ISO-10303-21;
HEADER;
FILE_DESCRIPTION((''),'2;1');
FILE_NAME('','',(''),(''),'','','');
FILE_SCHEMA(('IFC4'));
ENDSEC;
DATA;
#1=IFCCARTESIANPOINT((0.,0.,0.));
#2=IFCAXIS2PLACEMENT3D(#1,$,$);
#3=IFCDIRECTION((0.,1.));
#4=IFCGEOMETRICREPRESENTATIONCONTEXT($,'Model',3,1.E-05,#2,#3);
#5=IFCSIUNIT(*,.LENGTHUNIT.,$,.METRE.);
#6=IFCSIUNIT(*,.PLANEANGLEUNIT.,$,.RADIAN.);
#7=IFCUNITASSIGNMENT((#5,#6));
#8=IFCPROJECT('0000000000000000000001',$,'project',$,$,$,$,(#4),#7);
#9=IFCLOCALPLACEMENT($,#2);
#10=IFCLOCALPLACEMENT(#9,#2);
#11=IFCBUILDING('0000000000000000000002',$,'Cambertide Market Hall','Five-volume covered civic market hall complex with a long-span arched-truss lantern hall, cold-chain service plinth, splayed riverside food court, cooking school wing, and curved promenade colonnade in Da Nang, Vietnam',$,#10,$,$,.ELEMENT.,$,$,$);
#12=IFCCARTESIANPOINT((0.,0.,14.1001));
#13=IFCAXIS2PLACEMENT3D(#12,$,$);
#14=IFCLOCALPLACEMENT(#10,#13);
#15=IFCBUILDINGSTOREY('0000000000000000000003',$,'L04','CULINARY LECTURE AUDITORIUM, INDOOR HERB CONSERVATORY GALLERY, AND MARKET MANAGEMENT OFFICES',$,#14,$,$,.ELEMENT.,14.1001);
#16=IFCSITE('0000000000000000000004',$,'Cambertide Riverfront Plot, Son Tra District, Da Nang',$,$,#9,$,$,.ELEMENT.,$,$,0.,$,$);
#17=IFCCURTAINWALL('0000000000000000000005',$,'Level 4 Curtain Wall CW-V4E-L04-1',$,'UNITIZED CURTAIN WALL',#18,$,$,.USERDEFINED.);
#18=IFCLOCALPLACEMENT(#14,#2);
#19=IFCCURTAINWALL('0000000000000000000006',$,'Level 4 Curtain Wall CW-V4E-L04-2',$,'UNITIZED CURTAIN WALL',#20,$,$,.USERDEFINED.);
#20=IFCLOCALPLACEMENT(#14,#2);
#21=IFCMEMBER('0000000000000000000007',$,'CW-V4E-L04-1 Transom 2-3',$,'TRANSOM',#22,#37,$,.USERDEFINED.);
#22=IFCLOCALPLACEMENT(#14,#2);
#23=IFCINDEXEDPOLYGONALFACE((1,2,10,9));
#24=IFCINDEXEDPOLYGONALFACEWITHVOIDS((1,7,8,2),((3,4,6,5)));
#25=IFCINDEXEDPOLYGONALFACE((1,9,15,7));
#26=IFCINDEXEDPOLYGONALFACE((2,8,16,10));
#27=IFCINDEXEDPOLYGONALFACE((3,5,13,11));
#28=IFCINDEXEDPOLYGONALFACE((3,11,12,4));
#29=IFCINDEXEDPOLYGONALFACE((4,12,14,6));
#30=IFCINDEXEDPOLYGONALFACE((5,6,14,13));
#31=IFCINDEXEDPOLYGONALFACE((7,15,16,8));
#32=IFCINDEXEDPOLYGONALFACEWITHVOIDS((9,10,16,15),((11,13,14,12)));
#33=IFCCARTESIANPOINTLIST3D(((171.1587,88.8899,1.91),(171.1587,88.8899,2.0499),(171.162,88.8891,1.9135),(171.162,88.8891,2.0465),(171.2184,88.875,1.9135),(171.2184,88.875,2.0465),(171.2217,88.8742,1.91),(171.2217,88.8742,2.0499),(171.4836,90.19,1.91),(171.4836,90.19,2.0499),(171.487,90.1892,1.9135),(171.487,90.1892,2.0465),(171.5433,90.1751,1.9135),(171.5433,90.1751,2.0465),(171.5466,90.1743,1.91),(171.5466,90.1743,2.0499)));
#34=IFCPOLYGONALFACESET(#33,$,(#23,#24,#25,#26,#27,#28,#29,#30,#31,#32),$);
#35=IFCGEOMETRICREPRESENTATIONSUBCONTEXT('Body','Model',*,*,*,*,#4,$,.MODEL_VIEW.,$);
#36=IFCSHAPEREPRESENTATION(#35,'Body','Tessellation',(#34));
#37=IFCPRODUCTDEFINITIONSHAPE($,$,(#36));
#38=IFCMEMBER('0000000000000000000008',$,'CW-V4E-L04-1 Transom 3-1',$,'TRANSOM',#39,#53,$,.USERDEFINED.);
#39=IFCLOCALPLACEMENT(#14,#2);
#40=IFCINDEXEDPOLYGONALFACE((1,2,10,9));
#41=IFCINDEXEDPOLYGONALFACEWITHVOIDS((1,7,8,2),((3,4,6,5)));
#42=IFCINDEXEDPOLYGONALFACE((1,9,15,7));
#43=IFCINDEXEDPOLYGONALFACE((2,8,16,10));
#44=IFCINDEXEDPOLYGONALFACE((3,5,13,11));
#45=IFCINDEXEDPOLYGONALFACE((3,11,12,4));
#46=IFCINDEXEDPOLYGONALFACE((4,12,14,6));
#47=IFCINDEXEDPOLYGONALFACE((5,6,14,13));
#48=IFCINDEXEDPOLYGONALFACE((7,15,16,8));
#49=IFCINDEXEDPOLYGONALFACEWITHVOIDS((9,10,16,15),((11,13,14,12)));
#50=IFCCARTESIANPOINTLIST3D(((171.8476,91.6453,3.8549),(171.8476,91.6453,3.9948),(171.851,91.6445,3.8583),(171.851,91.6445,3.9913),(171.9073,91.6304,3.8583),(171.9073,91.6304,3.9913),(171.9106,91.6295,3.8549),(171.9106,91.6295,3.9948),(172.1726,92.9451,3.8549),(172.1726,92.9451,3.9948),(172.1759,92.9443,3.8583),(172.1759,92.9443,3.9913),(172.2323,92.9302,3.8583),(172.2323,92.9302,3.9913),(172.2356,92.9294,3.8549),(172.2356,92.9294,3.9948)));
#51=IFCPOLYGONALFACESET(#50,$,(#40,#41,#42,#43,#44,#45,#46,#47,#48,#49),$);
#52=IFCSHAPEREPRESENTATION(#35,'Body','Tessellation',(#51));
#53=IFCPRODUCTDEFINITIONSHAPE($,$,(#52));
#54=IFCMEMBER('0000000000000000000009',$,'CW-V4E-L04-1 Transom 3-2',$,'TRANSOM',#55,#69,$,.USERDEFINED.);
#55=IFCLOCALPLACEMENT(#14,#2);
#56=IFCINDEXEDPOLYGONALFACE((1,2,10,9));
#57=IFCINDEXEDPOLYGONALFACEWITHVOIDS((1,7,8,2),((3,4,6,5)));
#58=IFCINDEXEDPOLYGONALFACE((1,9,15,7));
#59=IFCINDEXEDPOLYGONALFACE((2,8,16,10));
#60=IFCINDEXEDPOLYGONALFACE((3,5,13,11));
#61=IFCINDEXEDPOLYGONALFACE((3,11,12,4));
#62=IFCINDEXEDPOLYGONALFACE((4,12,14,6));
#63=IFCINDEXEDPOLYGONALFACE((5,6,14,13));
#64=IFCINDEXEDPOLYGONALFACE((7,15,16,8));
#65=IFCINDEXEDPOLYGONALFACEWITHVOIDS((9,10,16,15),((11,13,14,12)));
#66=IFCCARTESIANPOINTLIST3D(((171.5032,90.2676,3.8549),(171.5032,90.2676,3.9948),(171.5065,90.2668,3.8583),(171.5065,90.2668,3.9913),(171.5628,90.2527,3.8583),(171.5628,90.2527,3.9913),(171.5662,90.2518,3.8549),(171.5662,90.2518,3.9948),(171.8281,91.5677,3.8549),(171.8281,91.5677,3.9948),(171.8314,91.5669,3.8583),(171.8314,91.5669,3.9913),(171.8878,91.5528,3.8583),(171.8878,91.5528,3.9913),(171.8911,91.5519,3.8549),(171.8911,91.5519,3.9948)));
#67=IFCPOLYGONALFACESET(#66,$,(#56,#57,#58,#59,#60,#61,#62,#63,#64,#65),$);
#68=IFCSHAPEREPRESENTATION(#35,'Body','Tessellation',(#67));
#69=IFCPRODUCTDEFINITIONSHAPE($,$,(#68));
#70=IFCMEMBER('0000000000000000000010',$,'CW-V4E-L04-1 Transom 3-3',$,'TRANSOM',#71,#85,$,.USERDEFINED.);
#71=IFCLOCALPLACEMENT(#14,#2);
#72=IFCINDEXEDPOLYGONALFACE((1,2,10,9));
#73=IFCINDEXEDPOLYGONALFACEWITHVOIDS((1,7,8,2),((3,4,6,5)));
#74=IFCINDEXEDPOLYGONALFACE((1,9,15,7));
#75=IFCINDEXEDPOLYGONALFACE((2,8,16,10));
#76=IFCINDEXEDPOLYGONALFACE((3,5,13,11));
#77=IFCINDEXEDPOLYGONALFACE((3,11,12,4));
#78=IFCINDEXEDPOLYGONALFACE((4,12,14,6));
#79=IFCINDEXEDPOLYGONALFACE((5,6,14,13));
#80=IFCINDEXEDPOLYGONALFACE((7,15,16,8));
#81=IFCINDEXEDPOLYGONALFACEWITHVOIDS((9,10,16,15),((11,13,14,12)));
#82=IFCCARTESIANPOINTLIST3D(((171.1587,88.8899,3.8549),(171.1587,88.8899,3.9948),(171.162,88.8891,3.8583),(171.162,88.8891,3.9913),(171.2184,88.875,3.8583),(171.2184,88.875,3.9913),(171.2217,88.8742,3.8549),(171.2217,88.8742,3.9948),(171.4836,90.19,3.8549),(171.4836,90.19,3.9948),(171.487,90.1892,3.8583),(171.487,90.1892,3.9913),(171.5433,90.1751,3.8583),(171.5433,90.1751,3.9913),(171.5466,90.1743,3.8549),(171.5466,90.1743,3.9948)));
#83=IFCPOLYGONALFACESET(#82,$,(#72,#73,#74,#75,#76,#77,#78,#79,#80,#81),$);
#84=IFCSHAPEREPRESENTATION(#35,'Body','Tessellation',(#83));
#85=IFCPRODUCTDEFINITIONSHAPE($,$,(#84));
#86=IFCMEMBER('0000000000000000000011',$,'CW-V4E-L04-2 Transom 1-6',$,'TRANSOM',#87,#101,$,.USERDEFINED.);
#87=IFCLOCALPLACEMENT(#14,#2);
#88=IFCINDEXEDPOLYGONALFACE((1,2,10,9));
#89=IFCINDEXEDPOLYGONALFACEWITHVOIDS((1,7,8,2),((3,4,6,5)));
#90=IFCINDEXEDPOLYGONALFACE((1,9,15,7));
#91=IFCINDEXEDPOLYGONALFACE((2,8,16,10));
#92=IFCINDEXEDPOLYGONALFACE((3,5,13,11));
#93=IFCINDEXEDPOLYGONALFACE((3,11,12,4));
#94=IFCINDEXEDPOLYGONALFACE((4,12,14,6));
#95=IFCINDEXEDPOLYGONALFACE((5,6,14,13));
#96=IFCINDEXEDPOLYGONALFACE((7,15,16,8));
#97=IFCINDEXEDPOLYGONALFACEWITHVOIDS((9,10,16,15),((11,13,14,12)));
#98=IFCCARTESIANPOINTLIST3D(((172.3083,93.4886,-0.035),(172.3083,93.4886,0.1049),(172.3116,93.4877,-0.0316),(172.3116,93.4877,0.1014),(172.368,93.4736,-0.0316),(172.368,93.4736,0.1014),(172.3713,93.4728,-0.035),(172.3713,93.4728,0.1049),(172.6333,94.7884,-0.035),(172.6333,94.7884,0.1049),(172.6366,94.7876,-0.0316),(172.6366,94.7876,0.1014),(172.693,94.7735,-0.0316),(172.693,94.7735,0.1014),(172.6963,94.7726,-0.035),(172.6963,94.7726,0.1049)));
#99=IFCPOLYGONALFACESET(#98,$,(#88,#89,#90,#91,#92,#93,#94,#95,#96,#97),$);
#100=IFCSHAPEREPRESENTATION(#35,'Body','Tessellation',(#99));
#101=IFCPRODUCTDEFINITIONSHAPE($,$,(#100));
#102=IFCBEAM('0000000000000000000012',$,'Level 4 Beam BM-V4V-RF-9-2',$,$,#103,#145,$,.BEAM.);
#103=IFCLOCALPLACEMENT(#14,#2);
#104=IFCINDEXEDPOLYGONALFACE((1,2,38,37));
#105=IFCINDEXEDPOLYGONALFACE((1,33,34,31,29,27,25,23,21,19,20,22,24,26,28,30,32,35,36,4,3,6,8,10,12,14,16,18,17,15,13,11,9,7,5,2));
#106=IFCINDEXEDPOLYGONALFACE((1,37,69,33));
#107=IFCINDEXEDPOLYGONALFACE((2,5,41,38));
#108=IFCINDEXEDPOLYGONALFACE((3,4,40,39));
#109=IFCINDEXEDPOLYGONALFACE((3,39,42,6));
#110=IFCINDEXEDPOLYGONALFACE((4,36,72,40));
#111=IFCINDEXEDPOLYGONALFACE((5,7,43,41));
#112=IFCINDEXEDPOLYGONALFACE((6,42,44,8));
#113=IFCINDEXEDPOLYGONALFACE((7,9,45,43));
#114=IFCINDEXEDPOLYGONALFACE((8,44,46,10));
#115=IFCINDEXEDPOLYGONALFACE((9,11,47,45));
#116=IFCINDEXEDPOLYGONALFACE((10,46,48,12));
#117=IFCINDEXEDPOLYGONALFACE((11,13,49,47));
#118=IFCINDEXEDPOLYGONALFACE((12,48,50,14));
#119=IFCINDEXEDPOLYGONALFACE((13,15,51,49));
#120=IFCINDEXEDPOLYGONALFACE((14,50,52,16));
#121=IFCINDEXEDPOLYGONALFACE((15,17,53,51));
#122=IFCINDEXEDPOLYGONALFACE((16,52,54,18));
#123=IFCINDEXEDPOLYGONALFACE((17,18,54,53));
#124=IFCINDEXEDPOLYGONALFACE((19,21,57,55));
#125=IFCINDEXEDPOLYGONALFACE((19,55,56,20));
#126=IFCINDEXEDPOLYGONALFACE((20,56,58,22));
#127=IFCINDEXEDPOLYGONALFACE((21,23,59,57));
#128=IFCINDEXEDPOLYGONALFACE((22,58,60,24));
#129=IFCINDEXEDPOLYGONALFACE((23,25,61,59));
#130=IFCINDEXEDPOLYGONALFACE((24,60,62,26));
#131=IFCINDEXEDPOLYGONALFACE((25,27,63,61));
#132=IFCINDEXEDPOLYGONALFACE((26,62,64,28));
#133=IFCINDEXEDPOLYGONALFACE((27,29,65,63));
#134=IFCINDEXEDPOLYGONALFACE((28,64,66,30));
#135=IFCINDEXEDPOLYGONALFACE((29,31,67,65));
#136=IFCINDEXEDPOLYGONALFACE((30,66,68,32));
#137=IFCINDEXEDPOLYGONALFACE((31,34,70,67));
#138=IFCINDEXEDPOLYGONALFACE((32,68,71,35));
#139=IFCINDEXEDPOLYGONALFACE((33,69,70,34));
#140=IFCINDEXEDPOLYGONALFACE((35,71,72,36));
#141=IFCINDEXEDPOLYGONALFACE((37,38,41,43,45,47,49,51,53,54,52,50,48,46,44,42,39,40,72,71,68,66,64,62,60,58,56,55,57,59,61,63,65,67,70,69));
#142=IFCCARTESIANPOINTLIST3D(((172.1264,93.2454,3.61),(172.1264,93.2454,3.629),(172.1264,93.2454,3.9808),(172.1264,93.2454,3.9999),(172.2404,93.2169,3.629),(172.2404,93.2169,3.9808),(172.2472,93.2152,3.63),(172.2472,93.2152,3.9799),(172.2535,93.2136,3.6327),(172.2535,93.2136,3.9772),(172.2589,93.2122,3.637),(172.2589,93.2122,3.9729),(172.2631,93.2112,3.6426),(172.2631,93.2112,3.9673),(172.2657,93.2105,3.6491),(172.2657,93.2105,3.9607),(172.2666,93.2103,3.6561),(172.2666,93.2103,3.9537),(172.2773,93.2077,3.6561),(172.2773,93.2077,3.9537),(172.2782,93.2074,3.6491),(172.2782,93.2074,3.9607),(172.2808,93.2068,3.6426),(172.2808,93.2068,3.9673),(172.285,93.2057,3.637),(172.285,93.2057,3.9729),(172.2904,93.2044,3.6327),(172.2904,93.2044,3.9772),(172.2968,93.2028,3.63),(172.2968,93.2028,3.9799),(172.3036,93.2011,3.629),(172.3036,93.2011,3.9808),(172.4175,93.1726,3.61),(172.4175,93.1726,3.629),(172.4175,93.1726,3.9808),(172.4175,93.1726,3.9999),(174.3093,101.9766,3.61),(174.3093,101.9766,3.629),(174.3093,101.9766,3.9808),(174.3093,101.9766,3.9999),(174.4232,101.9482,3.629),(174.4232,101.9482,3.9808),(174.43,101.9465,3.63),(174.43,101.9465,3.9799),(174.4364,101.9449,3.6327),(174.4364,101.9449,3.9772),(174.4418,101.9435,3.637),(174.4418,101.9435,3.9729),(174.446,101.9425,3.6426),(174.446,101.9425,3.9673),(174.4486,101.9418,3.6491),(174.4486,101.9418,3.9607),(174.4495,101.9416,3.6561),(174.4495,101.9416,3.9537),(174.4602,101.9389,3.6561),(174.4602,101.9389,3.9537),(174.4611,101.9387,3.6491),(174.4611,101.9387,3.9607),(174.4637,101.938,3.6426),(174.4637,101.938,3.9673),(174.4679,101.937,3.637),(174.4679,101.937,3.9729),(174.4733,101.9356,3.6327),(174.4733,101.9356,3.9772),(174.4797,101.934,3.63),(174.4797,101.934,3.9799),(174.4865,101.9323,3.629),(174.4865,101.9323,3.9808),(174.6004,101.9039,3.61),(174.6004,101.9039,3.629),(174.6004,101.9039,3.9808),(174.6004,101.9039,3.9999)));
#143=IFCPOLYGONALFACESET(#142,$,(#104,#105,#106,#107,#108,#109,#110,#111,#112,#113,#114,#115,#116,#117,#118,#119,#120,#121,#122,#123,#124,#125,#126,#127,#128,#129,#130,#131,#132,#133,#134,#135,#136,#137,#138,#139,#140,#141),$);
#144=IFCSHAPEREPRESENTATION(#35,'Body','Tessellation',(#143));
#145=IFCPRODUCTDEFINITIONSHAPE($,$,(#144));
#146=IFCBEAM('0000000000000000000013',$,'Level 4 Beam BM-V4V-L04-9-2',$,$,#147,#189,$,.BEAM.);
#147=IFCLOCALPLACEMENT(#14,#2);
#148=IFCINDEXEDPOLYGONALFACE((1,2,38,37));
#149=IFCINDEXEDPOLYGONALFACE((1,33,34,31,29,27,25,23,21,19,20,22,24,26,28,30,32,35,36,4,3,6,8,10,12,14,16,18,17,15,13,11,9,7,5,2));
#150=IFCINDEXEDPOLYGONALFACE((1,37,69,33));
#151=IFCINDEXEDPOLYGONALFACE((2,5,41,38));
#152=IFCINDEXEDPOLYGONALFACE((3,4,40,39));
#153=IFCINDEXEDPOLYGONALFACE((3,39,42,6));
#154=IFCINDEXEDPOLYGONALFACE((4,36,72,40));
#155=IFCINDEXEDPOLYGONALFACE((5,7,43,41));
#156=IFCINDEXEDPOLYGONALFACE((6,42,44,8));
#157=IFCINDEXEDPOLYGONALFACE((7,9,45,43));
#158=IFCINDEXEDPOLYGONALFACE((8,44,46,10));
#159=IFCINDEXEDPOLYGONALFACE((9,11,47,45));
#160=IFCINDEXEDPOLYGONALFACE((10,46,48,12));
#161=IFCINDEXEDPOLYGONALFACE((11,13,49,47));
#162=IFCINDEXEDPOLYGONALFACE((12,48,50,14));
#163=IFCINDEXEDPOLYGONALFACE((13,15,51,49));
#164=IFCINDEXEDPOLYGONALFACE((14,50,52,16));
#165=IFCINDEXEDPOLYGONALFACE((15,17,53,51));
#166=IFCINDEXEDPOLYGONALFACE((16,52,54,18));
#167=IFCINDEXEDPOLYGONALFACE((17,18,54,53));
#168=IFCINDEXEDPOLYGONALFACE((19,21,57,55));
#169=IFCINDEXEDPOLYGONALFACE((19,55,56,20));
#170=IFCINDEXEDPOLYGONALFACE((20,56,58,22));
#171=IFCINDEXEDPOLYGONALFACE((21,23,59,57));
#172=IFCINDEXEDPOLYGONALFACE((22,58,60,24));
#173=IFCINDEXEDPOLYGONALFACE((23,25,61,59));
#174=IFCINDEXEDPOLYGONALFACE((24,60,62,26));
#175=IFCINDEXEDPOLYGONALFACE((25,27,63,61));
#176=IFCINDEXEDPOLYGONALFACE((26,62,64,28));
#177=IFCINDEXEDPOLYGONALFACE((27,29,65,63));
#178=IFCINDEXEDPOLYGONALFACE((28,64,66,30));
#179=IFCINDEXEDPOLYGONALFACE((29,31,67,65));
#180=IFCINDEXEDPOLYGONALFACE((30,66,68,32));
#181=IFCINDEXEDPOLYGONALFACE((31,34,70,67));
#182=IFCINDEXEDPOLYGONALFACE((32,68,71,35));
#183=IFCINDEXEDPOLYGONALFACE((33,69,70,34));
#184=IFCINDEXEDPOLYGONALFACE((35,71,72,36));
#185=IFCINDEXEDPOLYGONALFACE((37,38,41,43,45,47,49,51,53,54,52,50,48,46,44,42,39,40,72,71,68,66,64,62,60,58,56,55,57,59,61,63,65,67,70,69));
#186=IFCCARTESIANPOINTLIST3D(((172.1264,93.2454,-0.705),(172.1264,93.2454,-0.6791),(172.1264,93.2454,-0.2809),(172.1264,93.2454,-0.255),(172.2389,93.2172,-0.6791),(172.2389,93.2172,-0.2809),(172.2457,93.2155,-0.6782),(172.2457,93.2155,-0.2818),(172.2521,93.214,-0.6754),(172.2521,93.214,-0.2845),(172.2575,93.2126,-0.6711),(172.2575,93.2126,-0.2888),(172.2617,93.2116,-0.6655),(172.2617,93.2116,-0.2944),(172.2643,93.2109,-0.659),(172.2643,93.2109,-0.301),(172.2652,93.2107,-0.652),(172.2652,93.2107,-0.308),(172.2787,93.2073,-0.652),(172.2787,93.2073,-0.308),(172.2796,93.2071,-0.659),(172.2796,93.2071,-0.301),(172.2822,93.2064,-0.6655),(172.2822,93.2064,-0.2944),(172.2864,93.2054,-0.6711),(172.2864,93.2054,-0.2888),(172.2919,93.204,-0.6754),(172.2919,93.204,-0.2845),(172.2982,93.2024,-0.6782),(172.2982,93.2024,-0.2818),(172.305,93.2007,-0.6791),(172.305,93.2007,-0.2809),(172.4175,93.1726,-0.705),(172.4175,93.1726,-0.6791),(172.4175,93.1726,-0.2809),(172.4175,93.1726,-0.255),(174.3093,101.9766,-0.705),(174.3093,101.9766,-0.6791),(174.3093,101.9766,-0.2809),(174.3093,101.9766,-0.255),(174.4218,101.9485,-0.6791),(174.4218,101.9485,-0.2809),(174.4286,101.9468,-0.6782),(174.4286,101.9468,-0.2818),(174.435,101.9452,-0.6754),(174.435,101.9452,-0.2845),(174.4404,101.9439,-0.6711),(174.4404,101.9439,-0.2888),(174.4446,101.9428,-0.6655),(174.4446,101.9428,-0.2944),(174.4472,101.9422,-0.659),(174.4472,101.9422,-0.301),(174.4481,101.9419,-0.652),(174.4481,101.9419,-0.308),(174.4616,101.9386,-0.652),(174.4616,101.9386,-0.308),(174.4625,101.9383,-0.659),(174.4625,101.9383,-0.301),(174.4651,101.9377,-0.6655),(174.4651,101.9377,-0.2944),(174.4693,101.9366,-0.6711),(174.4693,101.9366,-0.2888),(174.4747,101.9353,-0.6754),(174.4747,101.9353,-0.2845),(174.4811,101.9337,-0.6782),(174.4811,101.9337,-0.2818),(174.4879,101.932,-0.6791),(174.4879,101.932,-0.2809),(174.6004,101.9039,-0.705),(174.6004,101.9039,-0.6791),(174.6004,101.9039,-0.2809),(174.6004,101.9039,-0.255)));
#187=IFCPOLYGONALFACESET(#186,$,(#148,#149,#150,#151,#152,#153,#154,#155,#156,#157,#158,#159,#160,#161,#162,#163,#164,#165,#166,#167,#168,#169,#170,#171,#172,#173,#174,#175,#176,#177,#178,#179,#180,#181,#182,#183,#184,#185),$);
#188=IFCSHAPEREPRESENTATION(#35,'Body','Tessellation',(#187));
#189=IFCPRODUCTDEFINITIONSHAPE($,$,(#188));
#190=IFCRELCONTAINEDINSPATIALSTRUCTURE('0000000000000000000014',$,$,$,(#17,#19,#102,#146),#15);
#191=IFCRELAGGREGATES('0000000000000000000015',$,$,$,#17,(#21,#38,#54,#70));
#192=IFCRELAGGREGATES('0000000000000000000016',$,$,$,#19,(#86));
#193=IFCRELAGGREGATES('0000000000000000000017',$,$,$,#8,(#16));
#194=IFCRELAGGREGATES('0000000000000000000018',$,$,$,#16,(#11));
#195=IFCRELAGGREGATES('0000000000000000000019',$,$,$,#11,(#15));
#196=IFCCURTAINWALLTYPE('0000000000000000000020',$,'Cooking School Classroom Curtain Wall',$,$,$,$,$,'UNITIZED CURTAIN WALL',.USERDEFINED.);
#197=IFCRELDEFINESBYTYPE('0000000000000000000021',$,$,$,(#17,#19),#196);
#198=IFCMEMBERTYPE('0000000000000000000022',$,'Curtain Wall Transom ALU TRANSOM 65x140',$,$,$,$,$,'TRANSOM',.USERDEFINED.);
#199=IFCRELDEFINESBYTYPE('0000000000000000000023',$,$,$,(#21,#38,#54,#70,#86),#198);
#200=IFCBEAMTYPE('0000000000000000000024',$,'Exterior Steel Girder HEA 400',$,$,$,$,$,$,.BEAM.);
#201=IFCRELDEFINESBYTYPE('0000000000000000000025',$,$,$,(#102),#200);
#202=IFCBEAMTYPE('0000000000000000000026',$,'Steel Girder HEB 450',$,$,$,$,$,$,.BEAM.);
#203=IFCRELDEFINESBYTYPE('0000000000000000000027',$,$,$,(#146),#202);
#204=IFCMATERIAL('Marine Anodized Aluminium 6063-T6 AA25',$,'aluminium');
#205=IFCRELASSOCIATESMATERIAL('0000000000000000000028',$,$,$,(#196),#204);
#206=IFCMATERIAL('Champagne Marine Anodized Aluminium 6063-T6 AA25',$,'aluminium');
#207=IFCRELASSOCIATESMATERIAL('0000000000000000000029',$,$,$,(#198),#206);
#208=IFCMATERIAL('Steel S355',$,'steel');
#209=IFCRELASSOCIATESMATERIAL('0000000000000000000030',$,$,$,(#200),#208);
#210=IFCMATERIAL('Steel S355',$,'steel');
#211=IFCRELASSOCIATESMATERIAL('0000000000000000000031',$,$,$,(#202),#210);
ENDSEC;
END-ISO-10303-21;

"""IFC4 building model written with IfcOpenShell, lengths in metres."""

from ifc_helpers import new_model, si_unit, direction, frame, origin, origin_2d, place, context, subcontext, project, spatial, hollow_rectangle, i_section, extrude, material, material_profile, profile_set, type_object, element, aggregate, save


model = new_model("IFC4")

# Units and contexts
model_context = context("Model", 3, precision=1e-05, world=origin(), true_north=direction((0.0, 1.0)))
body_context = subcontext(model_context, "Body", "Model", "MODEL_VIEW")
ifc_project = project(units=[si_unit("LENGTHUNIT", "METRE"), si_unit("PLANEANGLEUNIT", "RADIAN")], contexts=[model_context])

# Site, building, storey
site_placement = place(None, origin())
site = spatial("IfcSite", under=ifc_project, at=site_placement, Name="Cambertide Riverfront Plot, Son Tra District, Da Nang", CompositionType="ELEMENT", RefElevation=0.0)
building_placement = place(site_placement, origin())
building = spatial("IfcBuilding", under=site, at=building_placement, Name="Cambertide Market Hall", Description="Five-volume covered civic market hall complex with a long-span arched-truss lantern hall, cold-chain service plinth, splayed riverside food court, cooking school wing, and curved promenade colonnade in Da Nang, Vietnam", CompositionType="ELEMENT")
storey_placement = place(building_placement, frame((0.0, 0.0, 14.1001)))
storey = spatial("IfcBuildingStorey", under=building, at=storey_placement, Name="L04", Description="CULINARY LECTURE AUDITORIUM, INDOOR HERB CONSERVATORY GALLERY, AND MARKET MANAGEMENT OFFICES", CompositionType="ELEMENT", Elevation=14.1001)

# Curtain wall
ifc_material_1 = material(Name="Marine Anodized Aluminium 6063-T6 AA25", Category="aluminium")
curtain_wall_type = type_object("IfcCurtainWallType", Name="Cooking School Classroom Curtain Wall", ElementType="UNITIZED CURTAIN WALL", PredefinedType="USERDEFINED", material=ifc_material_1)
curtain_wall_1_placement = place(storey_placement, origin())
curtain_wall_1 = element("IfcCurtainWall", 1, at=curtain_wall_1_placement, inside=storey, type_object=curtain_wall_type, Name="Level 4 Curtain Wall CW-V4E-L04-1", ObjectType="UNITIZED CURTAIN WALL", PredefinedType="USERDEFINED")

# Curtain wall
curtain_wall_2_placement = place(storey_placement, origin())
curtain_wall_2 = element("IfcCurtainWall", 2, at=curtain_wall_2_placement, inside=storey, type_object=curtain_wall_type, Name="Level 4 Curtain Wall CW-V4E-L04-2", ObjectType="UNITIZED CURTAIN WALL", PredefinedType="USERDEFINED")

# Members
ifc_material_2 = material(Name="Champagne Marine Anodized Aluminium 6063-T6 AA25", Category="aluminium")
ifc_material_profile_1 = material_profile(ifc_material_2, hollow_rectangle(XDim=0.0649, YDim=0.1399, WallThickness=0.0034, at=origin_2d()), Name="ALU TRANSOM 65x140")
ifc_profile_set_1 = profile_set([ifc_material_profile_1], Name="Champagne Marine Anodized Aluminium 6063-T6 AA25")
member_type_1 = type_object("IfcMemberType", Name="Curtain Wall Transom ALU TRANSOM 65x140", ElementType="TRANSOM", PredefinedType="USERDEFINED", material=ifc_profile_set_1)
member_1_placement = place(storey_placement, frame((171.5151, 90.1821, 1.98), z_axis=(-0.242493, -0.970153, 0.0), x_axis=(0.970153, -0.242493, 0.0)))
member_1 = element("IfcMember", 3, at=member_1_placement, type_object=member_type_1, Name="CW-V4E-L04-1 Transom 2-3", ObjectType="TRANSOM", PredefinedType="USERDEFINED", context=body_context, shape_type="SweptSolid", body=[
    extrude(hollow_rectangle(XDim=0.0649, YDim=0.1399, WallThickness=0.0034, at=origin_2d()), origin(), (0.0, 0.0, 1.0), 1.3401),
])
member_2_placement = place(storey_placement, frame((172.2041, 92.9373, 3.9248), z_axis=(-0.242536, -0.970143, 0.0), x_axis=(0.970143, -0.242536, 0.0)))
member_2 = element("IfcMember", 4, at=member_2_placement, type_object=member_type_1, Name="CW-V4E-L04-1 Transom 3-1", ObjectType="TRANSOM", PredefinedType="USERDEFINED", context=body_context, shape_type="SweptSolid", body=[
    extrude(hollow_rectangle(XDim=0.0649, YDim=0.1399, WallThickness=0.0034, at=origin_2d()), origin(), (0.0, 0.0, 1.0), 1.3398),
])
member_3_placement = place(storey_placement, frame((171.8596, 91.5598, 3.9248), z_axis=(-0.242493, -0.970153, 0.0), x_axis=(0.970153, -0.242493, 0.0)))
member_3 = element("IfcMember", 5, at=member_3_placement, type_object=member_type_1, Name="CW-V4E-L04-1 Transom 3-2", ObjectType="TRANSOM", PredefinedType="USERDEFINED", context=body_context, shape_type="SweptSolid", body=[
    extrude(hollow_rectangle(XDim=0.0649, YDim=0.1399, WallThickness=0.0034, at=origin_2d()), origin(), (0.0, 0.0, 1.0), 1.3401),
])
member_4_placement = place(storey_placement, frame((171.5151, 90.1821, 3.9248), z_axis=(-0.242493, -0.970153, 0.0), x_axis=(0.970153, -0.242493, 0.0)))
member_4 = element("IfcMember", 6, at=member_4_placement, type_object=member_type_1, Name="CW-V4E-L04-1 Transom 3-3", ObjectType="TRANSOM", PredefinedType="USERDEFINED", context=body_context, shape_type="SweptSolid", body=[
    extrude(hollow_rectangle(XDim=0.0649, YDim=0.1399, WallThickness=0.0034, at=origin_2d()), origin(), (0.0, 0.0, 1.0), 1.3401),
])
member_5_placement = place(storey_placement, frame((172.6648, 94.7805, 0.0349), z_axis=(-0.242536, -0.970143, 0.0), x_axis=(0.970143, -0.242536, 0.0)))
member_5 = element("IfcMember", 7, at=member_5_placement, type_object=member_type_1, Name="CW-V4E-L04-2 Transom 1-6", ObjectType="TRANSOM", PredefinedType="USERDEFINED", context=body_context, shape_type="SweptSolid", body=[
    extrude(hollow_rectangle(XDim=0.0649, YDim=0.1399, WallThickness=0.0034, at=origin_2d()), origin(), (0.0, 0.0, 1.0), 1.3398),
])

# Beams
ifc_material_3 = material(Name="Steel S355", Category="steel")
ifc_material_profile_2 = material_profile(ifc_material_3, i_section(OverallWidth=0.3, OverallDepth=0.3899, WebThickness=0.011, FlangeThickness=0.019, FilletRadius=0.0271, at=origin_2d()), Name="HEA 400")
ifc_profile_set_2 = profile_set([ifc_material_profile_2], Name="Steel S355")
beam_type_1 = type_object("IfcBeamType", Name="Exterior Steel Girder HEA 400", PredefinedType="BEAM", material=ifc_profile_set_2)
beam_1_placement = place(storey_placement, frame((172.272, 93.209, 3.8049), z_axis=(0.242542, 0.970141, 0.0), x_axis=(-0.970141, 0.242542, 0.0)))
element("IfcBeam", 8, at=beam_1_placement, inside=storey, type_object=beam_type_1, Name="Level 4 Beam BM-V4V-RF-9-2", PredefinedType="BEAM", context=body_context, shape_type="SweptSolid", body=[
    extrude(i_section(OverallWidth=0.3, OverallDepth=0.3899, WebThickness=0.011, FlangeThickness=0.019, FilletRadius=0.0271, at=origin_2d()), origin(), (0.0, 0.0, 1.0), 9.0),
])
ifc_material_4 = material(Name="Steel S355", Category="steel")
ifc_material_profile_3 = material_profile(ifc_material_4, i_section(OverallWidth=0.3, OverallDepth=0.45, WebThickness=0.0139, FlangeThickness=0.0259, FilletRadius=0.0271, at=origin_2d()), Name="HEB 450")
ifc_profile_set_3 = profile_set([ifc_material_profile_3], Name="Steel S355")
beam_type_2 = type_object("IfcBeamType", Name="Steel Girder HEB 450", PredefinedType="BEAM", material=ifc_profile_set_3)
beam_2_placement = place(storey_placement, frame((172.272, 93.209, -0.48), z_axis=(0.242542, 0.970141, 0.0), x_axis=(-0.970141, 0.242542, 0.0)))
element("IfcBeam", 9, at=beam_2_placement, inside=storey, type_object=beam_type_2, Name="Level 4 Beam BM-V4V-L04-9-2", PredefinedType="BEAM", context=body_context, shape_type="SweptSolid", body=[
    extrude(i_section(OverallWidth=0.3, OverallDepth=0.45, WebThickness=0.0139, FlangeThickness=0.0259, FilletRadius=0.0271, at=origin_2d()), origin(), (0.0, 0.0, 1.0), 9.0),
])

aggregate(curtain_wall_1, [member_1, member_2, member_3, member_4])
aggregate(curtain_wall_2, [member_5])

save(model, "model.ifc")
